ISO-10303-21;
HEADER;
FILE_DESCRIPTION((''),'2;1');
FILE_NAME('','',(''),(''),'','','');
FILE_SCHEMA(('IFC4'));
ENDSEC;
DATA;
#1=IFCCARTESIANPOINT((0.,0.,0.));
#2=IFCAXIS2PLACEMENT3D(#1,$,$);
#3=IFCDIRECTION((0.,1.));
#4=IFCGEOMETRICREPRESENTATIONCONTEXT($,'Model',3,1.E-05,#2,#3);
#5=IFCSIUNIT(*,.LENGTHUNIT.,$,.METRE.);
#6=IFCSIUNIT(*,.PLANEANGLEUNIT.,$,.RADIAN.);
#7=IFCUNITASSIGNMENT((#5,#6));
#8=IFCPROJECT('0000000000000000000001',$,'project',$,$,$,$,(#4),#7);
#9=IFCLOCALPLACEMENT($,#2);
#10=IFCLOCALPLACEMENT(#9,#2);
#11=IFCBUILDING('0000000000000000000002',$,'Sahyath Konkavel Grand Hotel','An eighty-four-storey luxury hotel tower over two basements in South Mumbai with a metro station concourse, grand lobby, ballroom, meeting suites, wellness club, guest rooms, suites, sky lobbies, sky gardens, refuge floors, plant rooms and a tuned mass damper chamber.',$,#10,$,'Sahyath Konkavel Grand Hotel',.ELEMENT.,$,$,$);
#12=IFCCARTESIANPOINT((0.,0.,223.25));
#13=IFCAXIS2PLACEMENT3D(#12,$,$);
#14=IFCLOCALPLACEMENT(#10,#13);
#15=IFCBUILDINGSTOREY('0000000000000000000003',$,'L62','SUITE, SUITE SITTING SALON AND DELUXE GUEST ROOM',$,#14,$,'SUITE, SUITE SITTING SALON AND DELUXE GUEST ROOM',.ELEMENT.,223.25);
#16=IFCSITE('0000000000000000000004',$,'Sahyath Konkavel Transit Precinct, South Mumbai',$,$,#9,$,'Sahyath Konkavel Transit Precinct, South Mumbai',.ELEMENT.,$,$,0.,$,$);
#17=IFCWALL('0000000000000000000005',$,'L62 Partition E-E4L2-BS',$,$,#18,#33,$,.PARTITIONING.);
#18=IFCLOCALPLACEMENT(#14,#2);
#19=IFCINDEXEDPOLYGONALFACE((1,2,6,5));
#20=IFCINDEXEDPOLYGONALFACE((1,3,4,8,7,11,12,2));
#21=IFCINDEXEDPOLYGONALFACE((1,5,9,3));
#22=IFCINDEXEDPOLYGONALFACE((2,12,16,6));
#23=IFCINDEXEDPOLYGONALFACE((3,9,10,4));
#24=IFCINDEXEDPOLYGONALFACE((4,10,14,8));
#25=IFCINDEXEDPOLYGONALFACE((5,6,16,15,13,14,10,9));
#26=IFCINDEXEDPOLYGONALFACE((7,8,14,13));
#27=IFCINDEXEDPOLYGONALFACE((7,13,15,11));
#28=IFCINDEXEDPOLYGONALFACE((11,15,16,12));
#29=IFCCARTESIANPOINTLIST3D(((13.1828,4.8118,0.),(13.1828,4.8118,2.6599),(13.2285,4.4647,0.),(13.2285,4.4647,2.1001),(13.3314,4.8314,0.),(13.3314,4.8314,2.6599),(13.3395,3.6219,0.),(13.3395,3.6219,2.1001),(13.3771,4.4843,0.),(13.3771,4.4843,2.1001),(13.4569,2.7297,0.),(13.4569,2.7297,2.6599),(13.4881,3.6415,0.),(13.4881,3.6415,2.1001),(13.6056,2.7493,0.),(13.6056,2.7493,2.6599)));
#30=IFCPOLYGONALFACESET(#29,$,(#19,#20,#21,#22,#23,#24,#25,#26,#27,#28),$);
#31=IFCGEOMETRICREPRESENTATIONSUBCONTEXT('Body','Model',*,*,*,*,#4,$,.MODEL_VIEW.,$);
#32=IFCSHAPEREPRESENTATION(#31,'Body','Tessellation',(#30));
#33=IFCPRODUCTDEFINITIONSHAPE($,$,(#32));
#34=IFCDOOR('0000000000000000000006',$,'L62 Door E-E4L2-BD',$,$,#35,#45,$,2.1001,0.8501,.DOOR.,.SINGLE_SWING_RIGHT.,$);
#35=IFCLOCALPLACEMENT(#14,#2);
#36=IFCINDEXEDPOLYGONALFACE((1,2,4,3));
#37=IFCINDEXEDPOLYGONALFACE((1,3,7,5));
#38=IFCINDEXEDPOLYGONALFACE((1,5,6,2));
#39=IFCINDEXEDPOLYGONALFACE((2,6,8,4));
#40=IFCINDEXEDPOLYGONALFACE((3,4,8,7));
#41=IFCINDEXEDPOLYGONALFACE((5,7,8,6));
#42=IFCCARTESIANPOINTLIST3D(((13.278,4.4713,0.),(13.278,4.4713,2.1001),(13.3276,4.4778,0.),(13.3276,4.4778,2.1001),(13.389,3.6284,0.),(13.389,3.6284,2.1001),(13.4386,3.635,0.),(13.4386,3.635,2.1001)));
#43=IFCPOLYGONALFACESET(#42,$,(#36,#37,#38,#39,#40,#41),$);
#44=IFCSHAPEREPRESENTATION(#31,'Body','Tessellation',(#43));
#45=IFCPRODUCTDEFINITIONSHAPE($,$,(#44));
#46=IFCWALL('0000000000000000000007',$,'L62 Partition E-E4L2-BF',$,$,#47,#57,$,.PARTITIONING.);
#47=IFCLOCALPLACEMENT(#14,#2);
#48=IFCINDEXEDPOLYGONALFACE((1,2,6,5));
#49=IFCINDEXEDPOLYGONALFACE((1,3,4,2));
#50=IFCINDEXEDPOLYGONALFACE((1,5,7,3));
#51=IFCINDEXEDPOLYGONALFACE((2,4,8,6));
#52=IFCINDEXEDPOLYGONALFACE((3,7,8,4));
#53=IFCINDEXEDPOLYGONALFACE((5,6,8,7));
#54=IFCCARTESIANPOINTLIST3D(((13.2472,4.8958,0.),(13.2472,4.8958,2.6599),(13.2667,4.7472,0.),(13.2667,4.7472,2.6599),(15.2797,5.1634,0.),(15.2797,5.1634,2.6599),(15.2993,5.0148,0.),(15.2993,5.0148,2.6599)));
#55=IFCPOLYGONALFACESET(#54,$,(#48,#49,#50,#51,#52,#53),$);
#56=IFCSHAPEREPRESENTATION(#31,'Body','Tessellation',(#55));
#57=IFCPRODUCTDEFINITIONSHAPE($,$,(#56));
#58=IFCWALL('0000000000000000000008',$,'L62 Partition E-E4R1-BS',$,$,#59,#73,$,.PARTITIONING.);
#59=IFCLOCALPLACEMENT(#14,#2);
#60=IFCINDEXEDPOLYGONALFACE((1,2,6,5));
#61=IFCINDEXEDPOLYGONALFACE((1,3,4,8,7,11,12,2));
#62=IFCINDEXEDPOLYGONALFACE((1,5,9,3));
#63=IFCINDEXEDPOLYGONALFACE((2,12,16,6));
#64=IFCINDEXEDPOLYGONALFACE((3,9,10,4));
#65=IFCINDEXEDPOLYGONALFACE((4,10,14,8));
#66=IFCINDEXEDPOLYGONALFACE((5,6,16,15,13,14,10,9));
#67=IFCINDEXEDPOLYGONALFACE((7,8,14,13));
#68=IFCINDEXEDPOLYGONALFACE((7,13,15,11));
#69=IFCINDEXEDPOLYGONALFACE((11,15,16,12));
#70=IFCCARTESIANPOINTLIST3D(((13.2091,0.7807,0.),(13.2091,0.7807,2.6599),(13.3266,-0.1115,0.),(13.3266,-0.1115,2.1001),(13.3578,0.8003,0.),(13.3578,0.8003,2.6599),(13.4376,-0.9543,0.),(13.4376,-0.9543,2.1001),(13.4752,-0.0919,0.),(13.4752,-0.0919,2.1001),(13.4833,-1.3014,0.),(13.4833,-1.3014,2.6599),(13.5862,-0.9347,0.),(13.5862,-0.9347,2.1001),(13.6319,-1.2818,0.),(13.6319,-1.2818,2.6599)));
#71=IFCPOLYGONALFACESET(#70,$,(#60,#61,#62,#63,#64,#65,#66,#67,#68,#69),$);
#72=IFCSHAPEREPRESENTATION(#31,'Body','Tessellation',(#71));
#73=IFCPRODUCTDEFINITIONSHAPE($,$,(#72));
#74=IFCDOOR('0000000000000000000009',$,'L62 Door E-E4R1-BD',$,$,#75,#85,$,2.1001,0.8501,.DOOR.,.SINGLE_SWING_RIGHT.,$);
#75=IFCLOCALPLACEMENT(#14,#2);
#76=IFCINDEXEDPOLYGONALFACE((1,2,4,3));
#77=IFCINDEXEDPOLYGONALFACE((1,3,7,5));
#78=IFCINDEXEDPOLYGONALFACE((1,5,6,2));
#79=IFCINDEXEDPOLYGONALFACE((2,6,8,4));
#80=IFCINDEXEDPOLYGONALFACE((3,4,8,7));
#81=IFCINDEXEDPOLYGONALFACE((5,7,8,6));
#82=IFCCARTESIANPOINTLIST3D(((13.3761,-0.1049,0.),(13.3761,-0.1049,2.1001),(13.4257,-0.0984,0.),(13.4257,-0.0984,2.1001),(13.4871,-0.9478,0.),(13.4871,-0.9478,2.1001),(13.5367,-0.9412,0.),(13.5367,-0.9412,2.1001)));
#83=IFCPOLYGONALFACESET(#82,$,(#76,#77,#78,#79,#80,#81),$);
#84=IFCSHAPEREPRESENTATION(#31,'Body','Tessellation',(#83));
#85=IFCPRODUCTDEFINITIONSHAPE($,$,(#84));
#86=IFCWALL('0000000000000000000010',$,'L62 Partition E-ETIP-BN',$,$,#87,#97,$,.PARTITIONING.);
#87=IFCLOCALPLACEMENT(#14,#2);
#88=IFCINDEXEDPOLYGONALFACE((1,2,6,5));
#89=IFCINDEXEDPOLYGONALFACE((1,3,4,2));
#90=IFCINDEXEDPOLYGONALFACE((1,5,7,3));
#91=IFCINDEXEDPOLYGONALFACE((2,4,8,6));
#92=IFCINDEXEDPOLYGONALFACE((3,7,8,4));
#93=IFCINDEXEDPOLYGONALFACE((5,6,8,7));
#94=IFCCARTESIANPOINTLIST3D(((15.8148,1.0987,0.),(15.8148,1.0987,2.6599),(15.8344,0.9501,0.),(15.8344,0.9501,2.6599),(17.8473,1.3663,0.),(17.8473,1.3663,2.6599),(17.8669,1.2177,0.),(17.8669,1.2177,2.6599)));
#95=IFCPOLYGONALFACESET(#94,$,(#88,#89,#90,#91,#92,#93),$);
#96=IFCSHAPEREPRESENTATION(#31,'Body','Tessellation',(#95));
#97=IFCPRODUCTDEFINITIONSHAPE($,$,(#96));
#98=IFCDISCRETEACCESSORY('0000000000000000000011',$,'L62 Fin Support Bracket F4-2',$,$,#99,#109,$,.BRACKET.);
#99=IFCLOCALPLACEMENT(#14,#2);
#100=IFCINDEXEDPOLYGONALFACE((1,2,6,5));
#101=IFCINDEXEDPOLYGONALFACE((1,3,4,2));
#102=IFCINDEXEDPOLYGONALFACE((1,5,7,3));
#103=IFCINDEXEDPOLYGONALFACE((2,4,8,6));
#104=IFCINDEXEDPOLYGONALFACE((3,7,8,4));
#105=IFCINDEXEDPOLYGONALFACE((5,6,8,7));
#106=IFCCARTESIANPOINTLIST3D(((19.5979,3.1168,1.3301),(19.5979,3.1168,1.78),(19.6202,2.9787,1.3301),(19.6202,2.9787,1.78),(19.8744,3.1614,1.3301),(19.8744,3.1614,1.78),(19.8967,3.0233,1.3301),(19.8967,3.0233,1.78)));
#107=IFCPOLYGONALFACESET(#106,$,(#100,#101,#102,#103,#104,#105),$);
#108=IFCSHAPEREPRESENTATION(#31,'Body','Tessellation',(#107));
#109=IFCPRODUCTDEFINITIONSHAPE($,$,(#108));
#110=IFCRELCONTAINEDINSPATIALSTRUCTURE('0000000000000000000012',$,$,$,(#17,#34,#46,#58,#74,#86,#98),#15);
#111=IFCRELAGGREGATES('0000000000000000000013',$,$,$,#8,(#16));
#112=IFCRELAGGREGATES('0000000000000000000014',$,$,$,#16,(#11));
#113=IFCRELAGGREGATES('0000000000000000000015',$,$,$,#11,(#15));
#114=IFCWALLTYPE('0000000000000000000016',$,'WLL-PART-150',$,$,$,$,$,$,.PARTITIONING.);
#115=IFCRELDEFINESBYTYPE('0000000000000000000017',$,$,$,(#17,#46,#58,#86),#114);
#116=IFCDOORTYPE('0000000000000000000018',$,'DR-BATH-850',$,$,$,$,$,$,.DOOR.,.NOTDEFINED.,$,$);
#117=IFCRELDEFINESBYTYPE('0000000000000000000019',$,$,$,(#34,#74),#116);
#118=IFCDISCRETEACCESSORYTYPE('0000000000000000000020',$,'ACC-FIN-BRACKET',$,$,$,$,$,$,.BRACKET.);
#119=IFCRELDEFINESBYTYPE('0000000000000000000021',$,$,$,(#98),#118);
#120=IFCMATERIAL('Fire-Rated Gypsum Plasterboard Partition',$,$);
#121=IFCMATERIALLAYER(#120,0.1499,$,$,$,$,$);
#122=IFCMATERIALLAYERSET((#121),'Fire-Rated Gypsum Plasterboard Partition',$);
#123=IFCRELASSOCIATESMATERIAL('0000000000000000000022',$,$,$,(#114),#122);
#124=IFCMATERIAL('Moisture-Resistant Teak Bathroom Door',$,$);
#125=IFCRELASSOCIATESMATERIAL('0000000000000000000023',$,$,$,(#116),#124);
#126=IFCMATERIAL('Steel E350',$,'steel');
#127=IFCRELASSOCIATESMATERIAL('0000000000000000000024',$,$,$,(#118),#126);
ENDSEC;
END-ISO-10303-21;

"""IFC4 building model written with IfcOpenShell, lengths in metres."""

from ifc_helpers import new_model, si_unit, direction, frame, frame_2d, origin, origin_2d, place, context, subcontext, project, spatial, rectangle, extrude, source, transform, mapped, material, layer, layer_set, type_object, element, fill, save


model = new_model("IFC4")

# Units and contexts
model_context = context("Model", 3, precision=1e-05, world=origin(), true_north=direction((0.0, 1.0)))
body_context = subcontext(model_context, "Body", "Model", "MODEL_VIEW")
ifc_project = project(units=[si_unit("LENGTHUNIT", "METRE"), si_unit("PLANEANGLEUNIT", "RADIAN")], contexts=[model_context])

# Site, building, storey
site_placement = place(None, origin())
site = spatial("IfcSite", under=ifc_project, at=site_placement, Name="Sahyath Konkavel Transit Precinct, South Mumbai", LongName="Sahyath Konkavel Transit Precinct, South Mumbai", CompositionType="ELEMENT", RefElevation=0.0)
building_placement = place(site_placement, origin())
building = spatial("IfcBuilding", under=site, at=building_placement, Name="Sahyath Konkavel Grand Hotel", Description="An eighty-four-storey luxury hotel tower over two basements in South Mumbai with a metro station concourse, grand lobby, ballroom, meeting suites, wellness club, guest rooms, suites, sky lobbies, sky gardens, refuge floors, plant rooms and a tuned mass damper chamber.", LongName="Sahyath Konkavel Grand Hotel", CompositionType="ELEMENT")
storey_placement = place(building_placement, frame((0.0, 0.0, 223.25)))
storey = spatial("IfcBuildingStorey", under=building, at=storey_placement, Name="L62", Description="SUITE, SUITE SITTING SALON AND DELUXE GUEST ROOM", LongName="SUITE, SUITE SITTING SALON AND DELUXE GUEST ROOM", CompositionType="ELEMENT", Elevation=223.25)

# Shared definitions
ifc_material_1 = material(Name="Steel E350", Category="steel")

# Shared definitions
ifc_material_2 = material(Name="Fire-Rated Gypsum Plasterboard Partition")
ifc_layer_1 = layer(ifc_material_2, 0.1499)
ifc_layer_set_1 = layer_set([ifc_layer_1], Name="Fire-Rated Gypsum Plasterboard Partition")
wall_type_1 = type_object("IfcWallType", Name="WLL-PART-150", PredefinedType="PARTITIONING", material=ifc_layer_set_1)
ifc_material_3 = material(Name="Moisture-Resistant Teak Bathroom Door")
door_type = type_object("IfcDoorType", Name="DR-BATH-850", OperationType="NOTDEFINED", PredefinedType="DOOR", material=ifc_material_3)
shared_shape_1 = source(origin(), body_context, "Body", "SweptSolid", [
    extrude(rectangle(XDim=0.8501, YDim=0.05, at=origin_2d()), origin(), (0.0, 0.0, 1.0), 2.1001),
])

# Wall, opening, door
wall_1_placement = place(storey_placement, frame((13.5312, 2.7395, 0.0), z_axis=(0.0, 0.0, 1.0), x_axis=(-0.130557, 0.991441, 0.0)))
wall_1 = element("IfcWall", 1, at=wall_1_placement, inside=storey, type_object=wall_type_1, Name="L62 Partition E-E4L2-BS", PredefinedType="PARTITIONING", context=body_context, shape_type="SweptSolid", body=[
    extrude(rectangle(XDim=2.1001, YDim=0.1499, at=frame_2d((1.05, 0.0))), origin(), (0.0, 0.0, 1.0), 2.6599),
])
opening_1_placement = place(wall_1_placement, frame((0.8999, 0.0, 0.0)))
opening_1 = element("IfcOpeningElement", 2, at=opening_1_placement, cuts=wall_1, PredefinedType="OPENING", context=body_context, shape_type="SweptSolid", body=[
    extrude(rectangle(XDim=0.8501, YDim=2.1001, at=frame_2d((0.425, 1.05))), frame((0.0, 0.085, 0.0), z_axis=(0.0, -1.0, 0.0), x_axis=(1.0, 0.0, 0.0)), (0.0, 0.0, 1.0), 0.1699),
])
door_1_placement = place(opening_1_placement, frame((0.425, 0.0, 0.0)))
door_1 = element("IfcDoor", 3, at=door_1_placement, inside=storey, type_object=door_type, Name="L62 Door E-E4L2-BD", OperationType="SINGLE_SWING_RIGHT", OverallHeight=2.1001, OverallWidth=0.8501, PredefinedType="DOOR", context=body_context, shape_type="MappedRepresentation", body=[
    mapped(shared_shape_1, transform((0.0, 0.0, 0.0), scale=1.0)),
])
fill(opening_1, door_1)

# Wall
wall_2_placement = place(storey_placement, frame((13.2571, 4.8215, 0.0), z_axis=(0.0, 0.0, 1.0), x_axis=(0.991445, 0.130525, 0.0)))
element("IfcWall", 4, at=wall_2_placement, inside=storey, type_object=wall_type_1, Name="L62 Partition E-E4L2-BF", PredefinedType="PARTITIONING", context=body_context, shape_type="SweptSolid", body=[
    extrude(rectangle(XDim=2.05, YDim=0.1499, at=frame_2d((1.0249, 0.0))), origin(), (0.0, 0.0, 1.0), 2.6599),
])

# Wall, opening, door
wall_3_placement = place(storey_placement, frame((13.2834, 0.7905, 0.0), z_axis=(0.0, 0.0, 1.0), x_axis=(0.130557, -0.991441, 0.0)))
wall_3 = element("IfcWall", 5, at=wall_3_placement, inside=storey, type_object=wall_type_1, Name="L62 Partition E-E4R1-BS", PredefinedType="PARTITIONING", context=body_context, shape_type="SweptSolid", body=[
    extrude(rectangle(XDim=2.1001, YDim=0.1499, at=frame_2d((1.05, 0.0))), origin(), (0.0, 0.0, 1.0), 2.6599),
])
opening_2_placement = place(wall_3_placement, frame((0.8999, 0.0, 0.0)))
opening_2 = element("IfcOpeningElement", 6, at=opening_2_placement, cuts=wall_3, PredefinedType="OPENING", context=body_context, shape_type="SweptSolid", body=[
    extrude(rectangle(XDim=0.8501, YDim=2.1001, at=frame_2d((0.425, 1.05))), frame((0.0, 0.085, 0.0), z_axis=(0.0, -1.0, 0.0), x_axis=(1.0, 0.0, 0.0)), (0.0, 0.0, 1.0), 0.1699),
])
door_2_placement = place(opening_2_placement, frame((0.425, 0.0, 0.0)))
door_2 = element("IfcDoor", 7, at=door_2_placement, inside=storey, type_object=door_type, Name="L62 Door E-E4R1-BD", OperationType="SINGLE_SWING_RIGHT", OverallHeight=2.1001, OverallWidth=0.8501, PredefinedType="DOOR", context=body_context, shape_type="MappedRepresentation", body=[
    mapped(shared_shape_1, transform((0.0, 0.0, 0.0), scale=1.0)),
])
fill(opening_2, door_2)

# Wall
wall_4_placement = place(storey_placement, frame((15.8247, 1.0244, 0.0), z_axis=(0.0, 0.0, 1.0), x_axis=(0.991445, 0.130525, 0.0)))
element("IfcWall", 8, at=wall_4_placement, inside=storey, type_object=wall_type_1, Name="L62 Partition E-ETIP-BN", PredefinedType="PARTITIONING", context=body_context, shape_type="SweptSolid", body=[
    extrude(rectangle(XDim=2.05, YDim=0.1499, at=frame_2d((1.0249, 0.0))), origin(), (0.0, 0.0, 1.0), 2.6599),
])

# Discrete accessory
discrete_accessory_type = type_object("IfcDiscreteAccessoryType", Name="ACC-FIN-BRACKET", PredefinedType="BRACKET", material=ifc_material_1)
shared_shape_2 = source(origin(), body_context, "Body", "SweptSolid", [
    extrude(rectangle(XDim=0.28, YDim=0.1399, at=origin_2d()), origin(), (0.0, 0.0, 1.0), 0.45),
])
discrete_accessory_placement = place(storey_placement, frame((19.7473, 3.0701, 1.3301), z_axis=(0.0, 0.0, 1.0), x_axis=(0.987223, 0.159347, 0.0)))
element("IfcDiscreteAccessory", 9, at=discrete_accessory_placement, inside=storey, type_object=discrete_accessory_type, Name="L62 Fin Support Bracket F4-2", PredefinedType="BRACKET", context=body_context, shape_type="MappedRepresentation", body=[
    mapped(shared_shape_2, transform((0.0, 0.0, 0.0), scale=1.0)),
])

save(model, "model.ifc")
